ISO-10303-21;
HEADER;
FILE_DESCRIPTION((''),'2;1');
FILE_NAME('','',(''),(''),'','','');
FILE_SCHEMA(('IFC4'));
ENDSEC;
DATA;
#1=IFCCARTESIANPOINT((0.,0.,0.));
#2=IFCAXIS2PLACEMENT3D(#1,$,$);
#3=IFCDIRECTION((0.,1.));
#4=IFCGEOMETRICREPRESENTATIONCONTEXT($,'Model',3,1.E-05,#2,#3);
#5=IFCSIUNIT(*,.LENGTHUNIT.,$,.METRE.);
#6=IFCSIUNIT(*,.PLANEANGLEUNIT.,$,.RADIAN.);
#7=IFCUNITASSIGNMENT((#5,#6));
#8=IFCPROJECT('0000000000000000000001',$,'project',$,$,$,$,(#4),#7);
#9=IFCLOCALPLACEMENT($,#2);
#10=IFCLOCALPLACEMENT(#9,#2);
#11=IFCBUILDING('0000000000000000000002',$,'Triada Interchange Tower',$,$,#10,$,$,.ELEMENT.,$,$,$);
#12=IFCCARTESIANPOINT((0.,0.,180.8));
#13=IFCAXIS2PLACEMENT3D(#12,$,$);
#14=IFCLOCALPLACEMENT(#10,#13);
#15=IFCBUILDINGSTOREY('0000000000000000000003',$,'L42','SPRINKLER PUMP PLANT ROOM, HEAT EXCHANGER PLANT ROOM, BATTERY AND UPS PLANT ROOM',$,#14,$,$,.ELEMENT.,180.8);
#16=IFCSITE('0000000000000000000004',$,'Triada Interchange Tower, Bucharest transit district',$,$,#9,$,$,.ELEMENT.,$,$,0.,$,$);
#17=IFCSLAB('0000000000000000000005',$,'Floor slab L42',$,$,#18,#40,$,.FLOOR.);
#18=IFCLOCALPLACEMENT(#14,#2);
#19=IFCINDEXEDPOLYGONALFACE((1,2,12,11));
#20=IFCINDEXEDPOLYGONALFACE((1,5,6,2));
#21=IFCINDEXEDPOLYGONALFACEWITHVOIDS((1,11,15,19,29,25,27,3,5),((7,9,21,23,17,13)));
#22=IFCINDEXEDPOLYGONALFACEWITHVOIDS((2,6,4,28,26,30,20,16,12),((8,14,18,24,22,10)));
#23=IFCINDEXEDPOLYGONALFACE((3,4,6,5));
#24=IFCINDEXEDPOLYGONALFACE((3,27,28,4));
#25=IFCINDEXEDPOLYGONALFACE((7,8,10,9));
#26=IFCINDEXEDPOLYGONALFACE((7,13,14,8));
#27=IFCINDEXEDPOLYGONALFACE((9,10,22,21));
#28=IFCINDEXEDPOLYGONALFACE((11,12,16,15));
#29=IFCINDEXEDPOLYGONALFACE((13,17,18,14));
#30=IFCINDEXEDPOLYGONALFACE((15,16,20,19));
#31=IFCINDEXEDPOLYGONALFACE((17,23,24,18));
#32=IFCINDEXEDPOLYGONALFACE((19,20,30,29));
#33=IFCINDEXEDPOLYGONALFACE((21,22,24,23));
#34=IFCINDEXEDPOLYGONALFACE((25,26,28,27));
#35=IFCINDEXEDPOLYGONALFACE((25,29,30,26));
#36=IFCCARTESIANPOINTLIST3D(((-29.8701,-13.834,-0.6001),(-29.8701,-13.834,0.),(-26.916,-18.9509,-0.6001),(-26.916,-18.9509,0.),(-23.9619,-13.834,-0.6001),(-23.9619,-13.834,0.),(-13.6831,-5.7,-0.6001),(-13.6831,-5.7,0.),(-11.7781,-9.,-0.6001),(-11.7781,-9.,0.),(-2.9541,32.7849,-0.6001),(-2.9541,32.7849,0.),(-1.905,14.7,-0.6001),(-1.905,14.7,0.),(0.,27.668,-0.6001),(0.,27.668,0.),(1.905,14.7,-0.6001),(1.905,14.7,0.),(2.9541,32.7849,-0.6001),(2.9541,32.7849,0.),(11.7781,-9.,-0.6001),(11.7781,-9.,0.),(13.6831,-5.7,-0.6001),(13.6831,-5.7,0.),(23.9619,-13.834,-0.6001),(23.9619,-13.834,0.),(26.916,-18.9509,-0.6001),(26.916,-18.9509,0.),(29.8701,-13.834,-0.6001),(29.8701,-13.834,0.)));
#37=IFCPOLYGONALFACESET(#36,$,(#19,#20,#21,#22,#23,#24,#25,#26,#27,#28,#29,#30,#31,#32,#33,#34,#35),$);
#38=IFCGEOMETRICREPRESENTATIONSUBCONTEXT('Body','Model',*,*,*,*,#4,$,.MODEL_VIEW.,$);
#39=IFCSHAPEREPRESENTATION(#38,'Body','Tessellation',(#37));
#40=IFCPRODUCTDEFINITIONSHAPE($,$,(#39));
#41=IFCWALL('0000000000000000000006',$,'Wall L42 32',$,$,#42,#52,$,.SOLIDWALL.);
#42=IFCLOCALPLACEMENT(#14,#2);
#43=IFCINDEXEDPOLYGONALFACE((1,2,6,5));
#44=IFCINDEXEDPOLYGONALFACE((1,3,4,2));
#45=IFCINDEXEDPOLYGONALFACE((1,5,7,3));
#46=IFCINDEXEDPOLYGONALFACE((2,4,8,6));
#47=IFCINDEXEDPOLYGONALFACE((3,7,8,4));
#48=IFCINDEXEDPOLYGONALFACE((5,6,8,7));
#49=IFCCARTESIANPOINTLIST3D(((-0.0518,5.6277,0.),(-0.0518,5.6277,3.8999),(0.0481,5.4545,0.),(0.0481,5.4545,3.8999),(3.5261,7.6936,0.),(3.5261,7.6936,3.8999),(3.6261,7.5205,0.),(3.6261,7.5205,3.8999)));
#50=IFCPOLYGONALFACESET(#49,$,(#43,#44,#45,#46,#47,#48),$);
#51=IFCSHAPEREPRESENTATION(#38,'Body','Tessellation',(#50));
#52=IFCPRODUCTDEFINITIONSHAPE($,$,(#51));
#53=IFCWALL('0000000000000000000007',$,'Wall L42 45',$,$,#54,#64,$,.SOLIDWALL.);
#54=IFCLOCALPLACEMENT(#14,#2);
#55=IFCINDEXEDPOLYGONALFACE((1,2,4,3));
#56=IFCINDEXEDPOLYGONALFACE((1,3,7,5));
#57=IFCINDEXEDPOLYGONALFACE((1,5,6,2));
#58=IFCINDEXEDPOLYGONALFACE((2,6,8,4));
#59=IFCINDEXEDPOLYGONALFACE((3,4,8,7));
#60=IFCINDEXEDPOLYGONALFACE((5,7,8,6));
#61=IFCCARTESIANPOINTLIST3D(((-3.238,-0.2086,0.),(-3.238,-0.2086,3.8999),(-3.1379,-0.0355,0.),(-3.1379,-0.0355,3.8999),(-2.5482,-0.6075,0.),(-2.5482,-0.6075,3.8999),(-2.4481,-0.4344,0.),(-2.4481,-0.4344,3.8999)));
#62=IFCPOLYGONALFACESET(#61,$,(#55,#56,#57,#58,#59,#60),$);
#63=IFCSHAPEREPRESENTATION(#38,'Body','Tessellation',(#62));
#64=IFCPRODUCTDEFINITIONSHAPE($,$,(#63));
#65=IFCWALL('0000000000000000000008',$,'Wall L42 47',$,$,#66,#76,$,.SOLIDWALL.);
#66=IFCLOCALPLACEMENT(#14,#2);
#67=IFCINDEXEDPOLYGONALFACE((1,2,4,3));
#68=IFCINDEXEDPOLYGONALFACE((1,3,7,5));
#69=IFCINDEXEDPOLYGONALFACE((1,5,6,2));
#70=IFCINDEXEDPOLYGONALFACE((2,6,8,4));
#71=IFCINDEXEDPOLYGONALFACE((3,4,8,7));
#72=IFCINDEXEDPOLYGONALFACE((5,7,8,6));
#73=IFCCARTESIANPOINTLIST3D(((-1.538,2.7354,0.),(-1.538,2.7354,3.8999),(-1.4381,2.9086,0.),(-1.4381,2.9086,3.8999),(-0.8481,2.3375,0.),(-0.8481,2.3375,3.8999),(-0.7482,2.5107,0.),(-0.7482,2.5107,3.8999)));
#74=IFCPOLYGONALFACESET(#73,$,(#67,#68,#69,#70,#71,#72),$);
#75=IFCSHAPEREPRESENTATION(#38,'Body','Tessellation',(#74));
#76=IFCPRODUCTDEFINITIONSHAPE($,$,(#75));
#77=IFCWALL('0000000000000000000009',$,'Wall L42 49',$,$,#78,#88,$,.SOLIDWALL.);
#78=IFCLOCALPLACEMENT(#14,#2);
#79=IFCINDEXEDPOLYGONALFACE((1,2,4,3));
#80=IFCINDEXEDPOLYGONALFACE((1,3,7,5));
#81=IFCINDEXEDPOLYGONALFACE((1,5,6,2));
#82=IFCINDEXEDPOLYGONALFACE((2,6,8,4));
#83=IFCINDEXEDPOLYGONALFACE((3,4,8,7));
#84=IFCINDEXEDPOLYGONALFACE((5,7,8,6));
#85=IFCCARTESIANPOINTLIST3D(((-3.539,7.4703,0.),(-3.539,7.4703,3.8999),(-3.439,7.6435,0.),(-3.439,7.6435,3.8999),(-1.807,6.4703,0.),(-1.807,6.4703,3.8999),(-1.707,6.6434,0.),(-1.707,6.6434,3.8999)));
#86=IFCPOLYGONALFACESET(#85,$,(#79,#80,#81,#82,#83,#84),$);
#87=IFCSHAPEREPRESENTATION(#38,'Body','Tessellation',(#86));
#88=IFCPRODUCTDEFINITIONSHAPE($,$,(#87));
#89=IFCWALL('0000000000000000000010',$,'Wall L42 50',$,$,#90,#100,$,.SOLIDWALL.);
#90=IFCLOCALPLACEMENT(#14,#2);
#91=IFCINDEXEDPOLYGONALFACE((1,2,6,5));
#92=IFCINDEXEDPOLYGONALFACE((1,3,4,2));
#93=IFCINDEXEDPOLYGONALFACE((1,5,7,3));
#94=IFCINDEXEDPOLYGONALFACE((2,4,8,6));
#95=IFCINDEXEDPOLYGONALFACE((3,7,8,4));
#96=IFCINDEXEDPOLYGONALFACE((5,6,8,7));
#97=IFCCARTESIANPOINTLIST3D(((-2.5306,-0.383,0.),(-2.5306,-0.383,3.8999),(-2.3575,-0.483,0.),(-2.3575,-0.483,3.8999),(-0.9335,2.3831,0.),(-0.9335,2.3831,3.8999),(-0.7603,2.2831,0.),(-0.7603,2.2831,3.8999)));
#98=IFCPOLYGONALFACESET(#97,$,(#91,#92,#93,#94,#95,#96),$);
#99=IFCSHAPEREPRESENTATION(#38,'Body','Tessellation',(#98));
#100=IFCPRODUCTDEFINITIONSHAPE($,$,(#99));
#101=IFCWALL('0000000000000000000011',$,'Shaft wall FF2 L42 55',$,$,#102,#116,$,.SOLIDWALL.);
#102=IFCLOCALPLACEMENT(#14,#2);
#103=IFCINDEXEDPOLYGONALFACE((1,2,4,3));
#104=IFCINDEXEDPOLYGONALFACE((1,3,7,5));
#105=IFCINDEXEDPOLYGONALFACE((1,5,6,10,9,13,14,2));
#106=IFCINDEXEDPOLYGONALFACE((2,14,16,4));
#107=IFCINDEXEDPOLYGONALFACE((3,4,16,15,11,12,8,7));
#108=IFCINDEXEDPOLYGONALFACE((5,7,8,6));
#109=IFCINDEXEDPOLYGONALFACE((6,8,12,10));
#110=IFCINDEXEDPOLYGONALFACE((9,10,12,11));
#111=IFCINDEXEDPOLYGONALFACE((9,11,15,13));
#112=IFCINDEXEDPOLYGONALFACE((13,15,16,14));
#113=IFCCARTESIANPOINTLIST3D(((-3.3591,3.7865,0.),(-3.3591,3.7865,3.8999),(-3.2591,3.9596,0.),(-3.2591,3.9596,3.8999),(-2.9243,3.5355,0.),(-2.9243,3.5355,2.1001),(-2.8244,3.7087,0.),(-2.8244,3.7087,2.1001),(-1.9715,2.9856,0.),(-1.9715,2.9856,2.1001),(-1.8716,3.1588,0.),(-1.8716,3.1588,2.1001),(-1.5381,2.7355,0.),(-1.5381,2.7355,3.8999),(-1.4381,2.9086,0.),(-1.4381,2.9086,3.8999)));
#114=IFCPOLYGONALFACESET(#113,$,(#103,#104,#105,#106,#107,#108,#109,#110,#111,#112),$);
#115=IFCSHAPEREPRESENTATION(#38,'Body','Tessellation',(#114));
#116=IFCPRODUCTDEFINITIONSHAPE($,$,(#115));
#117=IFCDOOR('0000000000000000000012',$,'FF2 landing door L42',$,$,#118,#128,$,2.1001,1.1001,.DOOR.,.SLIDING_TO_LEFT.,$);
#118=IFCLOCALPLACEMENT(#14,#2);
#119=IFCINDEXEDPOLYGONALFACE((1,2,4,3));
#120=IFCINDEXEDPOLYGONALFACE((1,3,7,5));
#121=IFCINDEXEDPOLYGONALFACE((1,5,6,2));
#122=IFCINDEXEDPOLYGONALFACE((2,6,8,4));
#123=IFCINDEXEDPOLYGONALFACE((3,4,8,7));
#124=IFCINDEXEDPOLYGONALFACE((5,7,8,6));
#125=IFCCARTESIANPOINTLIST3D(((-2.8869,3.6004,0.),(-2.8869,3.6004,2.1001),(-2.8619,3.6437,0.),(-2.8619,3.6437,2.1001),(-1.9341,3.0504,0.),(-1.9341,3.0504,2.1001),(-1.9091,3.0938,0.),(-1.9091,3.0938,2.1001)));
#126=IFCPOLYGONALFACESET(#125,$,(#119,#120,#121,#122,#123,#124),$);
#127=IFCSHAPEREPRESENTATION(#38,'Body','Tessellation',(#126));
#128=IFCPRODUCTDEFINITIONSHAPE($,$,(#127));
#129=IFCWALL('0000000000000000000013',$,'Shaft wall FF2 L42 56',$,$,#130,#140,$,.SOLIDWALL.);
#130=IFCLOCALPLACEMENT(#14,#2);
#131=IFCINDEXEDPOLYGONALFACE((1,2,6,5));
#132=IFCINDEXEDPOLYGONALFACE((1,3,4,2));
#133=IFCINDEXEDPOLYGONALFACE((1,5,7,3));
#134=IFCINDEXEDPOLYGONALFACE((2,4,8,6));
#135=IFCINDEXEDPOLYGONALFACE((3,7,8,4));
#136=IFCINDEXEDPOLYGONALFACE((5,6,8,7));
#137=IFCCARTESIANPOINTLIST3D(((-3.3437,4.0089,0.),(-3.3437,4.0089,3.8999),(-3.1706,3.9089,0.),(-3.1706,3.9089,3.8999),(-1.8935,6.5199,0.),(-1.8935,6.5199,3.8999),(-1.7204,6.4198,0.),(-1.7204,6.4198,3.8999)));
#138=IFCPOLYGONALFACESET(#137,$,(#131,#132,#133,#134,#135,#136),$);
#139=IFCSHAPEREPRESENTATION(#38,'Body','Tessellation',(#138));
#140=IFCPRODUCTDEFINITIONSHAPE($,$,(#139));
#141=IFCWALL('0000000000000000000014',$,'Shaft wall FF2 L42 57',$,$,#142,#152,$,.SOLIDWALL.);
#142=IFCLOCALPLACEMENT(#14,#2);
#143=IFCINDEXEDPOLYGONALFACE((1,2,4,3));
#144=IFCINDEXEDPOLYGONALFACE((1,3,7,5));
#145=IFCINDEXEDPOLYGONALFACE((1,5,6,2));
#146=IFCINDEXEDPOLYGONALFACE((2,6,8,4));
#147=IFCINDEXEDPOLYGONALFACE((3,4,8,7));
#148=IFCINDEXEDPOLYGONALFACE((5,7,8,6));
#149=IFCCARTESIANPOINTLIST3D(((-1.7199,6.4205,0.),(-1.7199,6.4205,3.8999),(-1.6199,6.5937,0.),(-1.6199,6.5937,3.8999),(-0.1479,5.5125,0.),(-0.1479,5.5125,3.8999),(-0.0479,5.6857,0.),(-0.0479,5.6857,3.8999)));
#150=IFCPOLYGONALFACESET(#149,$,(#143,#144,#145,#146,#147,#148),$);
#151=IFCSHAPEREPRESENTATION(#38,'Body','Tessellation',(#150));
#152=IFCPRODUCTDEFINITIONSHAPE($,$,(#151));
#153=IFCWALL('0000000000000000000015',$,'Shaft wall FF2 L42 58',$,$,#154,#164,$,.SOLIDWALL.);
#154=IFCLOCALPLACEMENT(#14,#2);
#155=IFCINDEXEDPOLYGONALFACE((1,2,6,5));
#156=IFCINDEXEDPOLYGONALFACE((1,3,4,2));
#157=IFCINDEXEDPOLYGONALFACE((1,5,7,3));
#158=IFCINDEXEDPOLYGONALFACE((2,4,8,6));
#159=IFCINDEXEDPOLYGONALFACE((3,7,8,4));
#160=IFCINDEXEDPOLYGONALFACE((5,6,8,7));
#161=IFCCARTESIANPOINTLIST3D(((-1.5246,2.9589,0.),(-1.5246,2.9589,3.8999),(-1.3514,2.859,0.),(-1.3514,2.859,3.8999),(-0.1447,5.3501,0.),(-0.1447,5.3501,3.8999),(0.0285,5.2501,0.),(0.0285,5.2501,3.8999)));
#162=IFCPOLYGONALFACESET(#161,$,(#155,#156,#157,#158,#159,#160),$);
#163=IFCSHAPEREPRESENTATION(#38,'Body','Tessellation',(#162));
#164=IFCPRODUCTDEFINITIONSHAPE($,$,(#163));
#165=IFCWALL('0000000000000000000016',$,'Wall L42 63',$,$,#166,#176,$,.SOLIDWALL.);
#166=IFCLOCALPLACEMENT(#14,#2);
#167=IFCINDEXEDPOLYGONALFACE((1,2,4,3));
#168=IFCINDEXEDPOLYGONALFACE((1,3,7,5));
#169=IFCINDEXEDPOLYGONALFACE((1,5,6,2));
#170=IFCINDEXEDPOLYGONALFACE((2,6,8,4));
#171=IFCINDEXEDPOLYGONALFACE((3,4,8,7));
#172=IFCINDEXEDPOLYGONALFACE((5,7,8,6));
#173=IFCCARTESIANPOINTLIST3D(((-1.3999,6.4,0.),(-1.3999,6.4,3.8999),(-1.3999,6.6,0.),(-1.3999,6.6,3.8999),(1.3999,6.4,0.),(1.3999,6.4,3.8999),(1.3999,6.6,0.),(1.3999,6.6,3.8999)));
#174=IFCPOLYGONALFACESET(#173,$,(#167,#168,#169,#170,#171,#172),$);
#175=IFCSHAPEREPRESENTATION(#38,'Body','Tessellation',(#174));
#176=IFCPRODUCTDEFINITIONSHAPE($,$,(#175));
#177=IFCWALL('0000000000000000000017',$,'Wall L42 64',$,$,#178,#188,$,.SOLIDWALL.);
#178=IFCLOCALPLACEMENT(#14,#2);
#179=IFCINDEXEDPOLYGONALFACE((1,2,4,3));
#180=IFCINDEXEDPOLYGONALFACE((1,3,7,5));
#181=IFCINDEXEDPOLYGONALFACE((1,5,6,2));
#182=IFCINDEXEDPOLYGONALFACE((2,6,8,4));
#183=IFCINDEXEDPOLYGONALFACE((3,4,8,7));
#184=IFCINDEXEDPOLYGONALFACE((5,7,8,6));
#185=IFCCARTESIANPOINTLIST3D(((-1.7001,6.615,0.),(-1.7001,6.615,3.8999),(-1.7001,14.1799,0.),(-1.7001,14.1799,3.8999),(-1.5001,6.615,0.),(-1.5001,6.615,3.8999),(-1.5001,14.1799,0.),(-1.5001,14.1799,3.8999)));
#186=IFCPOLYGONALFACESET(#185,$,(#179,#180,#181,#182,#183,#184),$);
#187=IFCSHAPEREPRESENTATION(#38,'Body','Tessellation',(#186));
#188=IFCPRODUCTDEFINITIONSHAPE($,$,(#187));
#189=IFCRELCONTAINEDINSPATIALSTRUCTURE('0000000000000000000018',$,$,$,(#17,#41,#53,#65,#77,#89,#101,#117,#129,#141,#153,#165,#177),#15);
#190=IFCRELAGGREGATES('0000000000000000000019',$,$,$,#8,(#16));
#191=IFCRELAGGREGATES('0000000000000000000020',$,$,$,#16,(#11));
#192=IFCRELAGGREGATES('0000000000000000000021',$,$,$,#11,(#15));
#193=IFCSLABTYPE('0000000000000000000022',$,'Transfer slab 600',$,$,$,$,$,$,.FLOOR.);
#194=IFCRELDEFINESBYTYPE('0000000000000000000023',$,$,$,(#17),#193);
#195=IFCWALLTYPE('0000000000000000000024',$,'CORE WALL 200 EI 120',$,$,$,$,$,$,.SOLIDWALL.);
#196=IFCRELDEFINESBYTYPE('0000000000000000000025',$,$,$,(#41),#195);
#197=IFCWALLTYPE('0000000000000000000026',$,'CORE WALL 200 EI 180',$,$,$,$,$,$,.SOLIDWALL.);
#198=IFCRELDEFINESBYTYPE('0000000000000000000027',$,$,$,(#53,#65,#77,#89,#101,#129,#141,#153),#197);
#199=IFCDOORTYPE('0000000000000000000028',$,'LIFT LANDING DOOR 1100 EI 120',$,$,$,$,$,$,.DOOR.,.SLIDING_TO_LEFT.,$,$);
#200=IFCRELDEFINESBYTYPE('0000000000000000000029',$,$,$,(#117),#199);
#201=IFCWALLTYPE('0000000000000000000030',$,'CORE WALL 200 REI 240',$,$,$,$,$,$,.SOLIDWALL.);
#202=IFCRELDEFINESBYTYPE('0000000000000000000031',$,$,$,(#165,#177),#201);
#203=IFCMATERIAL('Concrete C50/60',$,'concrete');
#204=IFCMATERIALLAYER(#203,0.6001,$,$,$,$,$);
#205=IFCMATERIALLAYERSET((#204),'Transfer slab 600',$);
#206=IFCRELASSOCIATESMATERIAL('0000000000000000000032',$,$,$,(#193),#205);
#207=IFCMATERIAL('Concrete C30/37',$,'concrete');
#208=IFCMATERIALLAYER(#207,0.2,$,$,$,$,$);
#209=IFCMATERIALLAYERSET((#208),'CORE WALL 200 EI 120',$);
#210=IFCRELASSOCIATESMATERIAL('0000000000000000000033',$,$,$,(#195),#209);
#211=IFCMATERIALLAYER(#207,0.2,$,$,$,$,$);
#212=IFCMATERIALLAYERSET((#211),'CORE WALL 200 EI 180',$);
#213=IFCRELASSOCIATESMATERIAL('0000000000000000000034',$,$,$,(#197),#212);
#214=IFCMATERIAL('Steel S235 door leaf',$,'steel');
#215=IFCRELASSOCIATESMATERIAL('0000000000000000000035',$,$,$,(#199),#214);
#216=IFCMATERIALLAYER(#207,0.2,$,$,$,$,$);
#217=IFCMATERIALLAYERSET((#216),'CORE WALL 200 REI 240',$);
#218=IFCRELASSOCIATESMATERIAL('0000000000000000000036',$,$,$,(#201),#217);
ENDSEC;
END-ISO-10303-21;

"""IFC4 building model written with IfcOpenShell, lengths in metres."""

from ifc_helpers import new_model, si_unit, direction, frame, frame_2d, origin, place, context, subcontext, project, spatial, polyline, rectangle, outline, extrude, material, layer, layer_set, type_object, element, fill, save


model = new_model("IFC4")

# Units and contexts
model_context = context("Model", 3, precision=1e-05, world=origin(), true_north=direction((0.0, 1.0)))
body_context = subcontext(model_context, "Body", "Model", "MODEL_VIEW")
ifc_project = project(units=[si_unit("LENGTHUNIT", "METRE"), si_unit("PLANEANGLEUNIT", "RADIAN")], contexts=[model_context])

# Site, building, storey
site_placement = place(None, origin())
site = spatial("IfcSite", under=ifc_project, at=site_placement, Name="Triada Interchange Tower, Bucharest transit district", CompositionType="ELEMENT", RefElevation=0.0)
building_placement = place(site_placement, origin())
building = spatial("IfcBuilding", under=site, at=building_placement, Name="Triada Interchange Tower", CompositionType="ELEMENT")
storey_placement = place(building_placement, frame((0.0, 0.0, 180.8)))
storey = spatial("IfcBuildingStorey", under=building, at=storey_placement, Name="L42", Description="SPRINKLER PUMP PLANT ROOM, HEAT EXCHANGER PLANT ROOM, BATTERY AND UPS PLANT ROOM", CompositionType="ELEMENT", Elevation=180.8)

# Slab
ifc_material_1 = material(Name="Concrete C50/60", Category="concrete")
ifc_layer_1 = layer(ifc_material_1, 0.6001)
ifc_layer_set_1 = layer_set([ifc_layer_1], Name="Transfer slab 600")
slab_type = type_object("IfcSlabType", Name="Transfer slab 600", PredefinedType="FLOOR", material=ifc_layer_set_1)
slab_placement = place(storey_placement, frame((0.0, 0.0, -0.6001)))
element("IfcSlab", 1, at=slab_placement, inside=storey, type_object=slab_type, Name="Floor slab L42", PredefinedType="FLOOR", context=body_context, shape_type="SweptSolid", body=[
    extrude(outline(polyline([(-2.9541, 32.7849), (-29.8701, -13.834), (-23.9619, -13.834), (-26.916, -18.9509), (26.916, -18.9509), (23.9619, -13.834), (29.8701, -13.834), (2.9541, 32.7849), (0.0, 27.668), (-2.9541, 32.7849)]), holes=[polyline([(1.905, 14.7), (-1.905, 14.7), (-13.6831, -5.7), (-11.7781, -9.0), (11.7781, -9.0), (13.6831, -5.7), (1.905, 14.7)])]), origin(), (0.0, 0.0, 1.0), 0.6001),
])

# Walls
ifc_material_2 = material(Name="Concrete C30/37", Category="concrete")
ifc_layer_2 = layer(ifc_material_2, 0.2)
ifc_layer_set_2 = layer_set([ifc_layer_2], Name="CORE WALL 200 EI 120")
wall_type_1 = type_object("IfcWallType", Name="CORE WALL 200 EI 120", PredefinedType="SOLIDWALL", material=ifc_layer_set_2)
wall_1_placement = place(storey_placement, frame((-0.002, 5.541, 0.0), z_axis=(0.0, 0.0, 1.0), x_axis=(0.866002, 0.500041, 0.0)))
element("IfcWall", 2, at=wall_1_placement, inside=storey, type_object=wall_type_1, Name="Wall L42 32", PredefinedType="SOLIDWALL", context=body_context, shape_type="SweptSolid", body=[
    extrude(rectangle(XDim=4.1316, YDim=0.2, at=frame_2d((2.0659, 0.0))), origin(), (0.0, 0.0, 1.0), 3.8999),
])
ifc_layer_3 = layer(ifc_material_2, 0.2)
ifc_layer_set_3 = layer_set([ifc_layer_3], Name="CORE WALL 200 EI 180")
wall_type_2 = type_object("IfcWallType", Name="CORE WALL 200 EI 180", PredefinedType="SOLIDWALL", material=ifc_layer_set_3)
wall_2_placement = place(storey_placement, frame((-3.188, -0.1221, 0.0), z_axis=(0.0, 0.0, 1.0), x_axis=(0.865706, -0.500553, 0.0)))
element("IfcWall", 3, at=wall_2_placement, inside=storey, type_object=wall_type_2, Name="Wall L42 45", PredefinedType="SOLIDWALL", context=body_context, shape_type="SweptSolid", body=[
    extrude(rectangle(XDim=0.7969, YDim=0.2, at=frame_2d((0.3984, 0.0))), origin(), (0.0, 0.0, 1.0), 3.8999),
])
wall_3_placement = place(storey_placement, frame((-1.488, 2.822, 0.0), z_axis=(0.0, 0.0, 1.0), x_axis=(0.866237, -0.499634, 0.0)))
element("IfcWall", 4, at=wall_3_placement, inside=storey, type_object=wall_type_2, Name="Wall L42 47", PredefinedType="SOLIDWALL", context=body_context, shape_type="SweptSolid", body=[
    extrude(rectangle(XDim=0.7964, YDim=0.2, at=frame_2d((0.3982, 0.0))), origin(), (0.0, 0.0, 1.0), 3.8999),
])
wall_4_placement = place(storey_placement, frame((-3.489, 7.5569, 0.0), z_axis=(0.0, 0.0, 1.0), x_axis=(0.866011, -0.500025, 0.0)))
element("IfcWall", 5, at=wall_4_placement, inside=storey, type_object=wall_type_2, Name="Wall L42 49", PredefinedType="SOLIDWALL", context=body_context, shape_type="SweptSolid", body=[
    extrude(rectangle(XDim=2.0, YDim=0.2, at=frame_2d((1.0, 0.0))), origin(), (0.0, 0.0, 1.0), 3.8999),
])
wall_5_placement = place(storey_placement, frame((-2.4441, -0.4331, 0.0), z_axis=(0.0, 0.0, 1.0), x_axis=(0.500036, 0.866005, 0.0)))
element("IfcWall", 6, at=wall_5_placement, inside=storey, type_object=wall_type_2, Name="Wall L42 50", PredefinedType="SOLIDWALL", context=body_context, shape_type="SweptSolid", body=[
    extrude(rectangle(XDim=3.1941, YDim=0.2, at=frame_2d((1.5972, 0.0))), origin(), (0.0, 0.0, 1.0), 3.8999),
])

# Wall, opening, door
wall_6_placement = place(storey_placement, frame((-3.3091, 3.873, 0.0), z_axis=(0.0, 0.0, 1.0), x_axis=(0.866099, -0.499873, 0.0)))
wall_6 = element("IfcWall", 7, at=wall_6_placement, inside=storey, type_object=wall_type_2, Name="Shaft wall FF2 L42 55", PredefinedType="SOLIDWALL", context=body_context, shape_type="SweptSolid", body=[
    extrude(rectangle(XDim=2.1025, YDim=0.2, at=frame_2d((1.0513, 0.0))), origin(), (0.0, 0.0, 1.0), 3.8999),
])
opening_placement = place(wall_6_placement, frame((0.502, 0.0, 0.0)))
opening = element("IfcOpeningElement", 8, at=opening_placement, cuts=wall_6, PredefinedType="OPENING", context=body_context, shape_type="SweptSolid", body=[
    extrude(rectangle(XDim=1.1001, YDim=2.1001, at=frame_2d((0.55, 1.05))), frame((0.0, 0.1099, 0.0), z_axis=(0.0, -1.0, 0.0), x_axis=(1.0, 0.0, 0.0)), (0.0, 0.0, 1.0), 0.22),
])
ifc_material_3 = material(Name="Steel S235 door leaf", Category="steel")
door_type = type_object("IfcDoorType", Name="LIFT LANDING DOOR 1100 EI 120", OperationType="SLIDING_TO_LEFT", PredefinedType="DOOR", material=ifc_material_3)
door_placement = place(opening_placement, origin())
door = element("IfcDoor", 9, at=door_placement, inside=storey, type_object=door_type, Name="FF2 landing door L42", OperationType="SLIDING_TO_LEFT", OverallHeight=2.1001, OverallWidth=1.1001, PredefinedType="DOOR", context=body_context, shape_type="SweptSolid", body=[
    extrude(rectangle(XDim=1.1001, YDim=2.1001, at=frame_2d((0.55, 1.05))), frame((0.0, 0.0249, 0.0), z_axis=(0.0, -1.0, 0.0), x_axis=(1.0, 0.0, 0.0)), (0.0, 0.0, 1.0), 0.05),
])
fill(opening, door)

# Walls
wall_7_placement = place(storey_placement, frame((-3.2571, 3.959, 0.0), z_axis=(0.0, 0.0, 1.0), x_axis=(0.500123, 0.865954, 0.0)))
element("IfcWall", 10, at=wall_7_placement, inside=storey, type_object=wall_type_2, Name="Shaft wall FF2 L42 56", PredefinedType="SOLIDWALL", context=body_context, shape_type="SweptSolid", body=[
    extrude(rectangle(XDim=2.8997, YDim=0.2, at=frame_2d((1.4497, 0.0))), origin(), (0.0, 0.0, 1.0), 3.8999),
])
wall_8_placement = place(storey_placement, frame((-1.6699, 6.5071, 0.0), z_axis=(0.0, 0.0, 1.0), x_axis=(0.865941, -0.500145, 0.0)))
element("IfcWall", 11, at=wall_8_placement, inside=storey, type_object=wall_type_2, Name="Shaft wall FF2 L42 57", PredefinedType="SOLIDWALL", context=body_context, shape_type="SweptSolid", body=[
    extrude(rectangle(XDim=1.8154, YDim=0.2, at=frame_2d((0.9077, 0.0))), origin(), (0.0, 0.0, 1.0), 3.8999),
])
wall_9_placement = place(storey_placement, frame((-1.438, 2.9089, 0.0), z_axis=(0.0, 0.0, 1.0), x_axis=(0.49983, 0.866124, 0.0)))
element("IfcWall", 12, at=wall_9_placement, inside=storey, type_object=wall_type_2, Name="Shaft wall FF2 L42 58", PredefinedType="SOLIDWALL", context=body_context, shape_type="SweptSolid", body=[
    extrude(rectangle(XDim=2.7607, YDim=0.2, at=frame_2d((1.3804, 0.0))), origin(), (0.0, 0.0, 1.0), 3.8999),
])
ifc_layer_4 = layer(ifc_material_2, 0.2)
ifc_layer_set_4 = layer_set([ifc_layer_4], Name="CORE WALL 200 REI 240")
wall_type_3 = type_object("IfcWallType", Name="CORE WALL 200 REI 240", PredefinedType="SOLIDWALL", material=ifc_layer_set_4)
wall_10_placement = place(storey_placement, frame((-1.3999, 6.5, 0.0), z_axis=(0.0, 0.0, 1.0), x_axis=(1.0, 0.0, 0.0)))
element("IfcWall", 13, at=wall_10_placement, inside=storey, type_object=wall_type_3, Name="Wall L42 63", PredefinedType="SOLIDWALL", context=body_context, shape_type="SweptSolid", body=[
    extrude(rectangle(XDim=2.7998, YDim=0.2, at=frame_2d((1.3999, 0.0))), origin(), (0.0, 0.0, 1.0), 3.8999),
])
wall_11_placement = place(storey_placement, frame((-1.6001, 6.615, 0.0), z_axis=(0.0, 0.0, 1.0), x_axis=(0.0, 1.0, 0.0)))
element("IfcWall", 14, at=wall_11_placement, inside=storey, type_object=wall_type_3, Name="Wall L42 64", PredefinedType="SOLIDWALL", context=body_context, shape_type="SweptSolid", body=[
    extrude(rectangle(XDim=7.5649, YDim=0.2, at=frame_2d((3.7825, 0.0))), origin(), (0.0, 0.0, 1.0), 3.8999),
])

save(model, "model.ifc")
